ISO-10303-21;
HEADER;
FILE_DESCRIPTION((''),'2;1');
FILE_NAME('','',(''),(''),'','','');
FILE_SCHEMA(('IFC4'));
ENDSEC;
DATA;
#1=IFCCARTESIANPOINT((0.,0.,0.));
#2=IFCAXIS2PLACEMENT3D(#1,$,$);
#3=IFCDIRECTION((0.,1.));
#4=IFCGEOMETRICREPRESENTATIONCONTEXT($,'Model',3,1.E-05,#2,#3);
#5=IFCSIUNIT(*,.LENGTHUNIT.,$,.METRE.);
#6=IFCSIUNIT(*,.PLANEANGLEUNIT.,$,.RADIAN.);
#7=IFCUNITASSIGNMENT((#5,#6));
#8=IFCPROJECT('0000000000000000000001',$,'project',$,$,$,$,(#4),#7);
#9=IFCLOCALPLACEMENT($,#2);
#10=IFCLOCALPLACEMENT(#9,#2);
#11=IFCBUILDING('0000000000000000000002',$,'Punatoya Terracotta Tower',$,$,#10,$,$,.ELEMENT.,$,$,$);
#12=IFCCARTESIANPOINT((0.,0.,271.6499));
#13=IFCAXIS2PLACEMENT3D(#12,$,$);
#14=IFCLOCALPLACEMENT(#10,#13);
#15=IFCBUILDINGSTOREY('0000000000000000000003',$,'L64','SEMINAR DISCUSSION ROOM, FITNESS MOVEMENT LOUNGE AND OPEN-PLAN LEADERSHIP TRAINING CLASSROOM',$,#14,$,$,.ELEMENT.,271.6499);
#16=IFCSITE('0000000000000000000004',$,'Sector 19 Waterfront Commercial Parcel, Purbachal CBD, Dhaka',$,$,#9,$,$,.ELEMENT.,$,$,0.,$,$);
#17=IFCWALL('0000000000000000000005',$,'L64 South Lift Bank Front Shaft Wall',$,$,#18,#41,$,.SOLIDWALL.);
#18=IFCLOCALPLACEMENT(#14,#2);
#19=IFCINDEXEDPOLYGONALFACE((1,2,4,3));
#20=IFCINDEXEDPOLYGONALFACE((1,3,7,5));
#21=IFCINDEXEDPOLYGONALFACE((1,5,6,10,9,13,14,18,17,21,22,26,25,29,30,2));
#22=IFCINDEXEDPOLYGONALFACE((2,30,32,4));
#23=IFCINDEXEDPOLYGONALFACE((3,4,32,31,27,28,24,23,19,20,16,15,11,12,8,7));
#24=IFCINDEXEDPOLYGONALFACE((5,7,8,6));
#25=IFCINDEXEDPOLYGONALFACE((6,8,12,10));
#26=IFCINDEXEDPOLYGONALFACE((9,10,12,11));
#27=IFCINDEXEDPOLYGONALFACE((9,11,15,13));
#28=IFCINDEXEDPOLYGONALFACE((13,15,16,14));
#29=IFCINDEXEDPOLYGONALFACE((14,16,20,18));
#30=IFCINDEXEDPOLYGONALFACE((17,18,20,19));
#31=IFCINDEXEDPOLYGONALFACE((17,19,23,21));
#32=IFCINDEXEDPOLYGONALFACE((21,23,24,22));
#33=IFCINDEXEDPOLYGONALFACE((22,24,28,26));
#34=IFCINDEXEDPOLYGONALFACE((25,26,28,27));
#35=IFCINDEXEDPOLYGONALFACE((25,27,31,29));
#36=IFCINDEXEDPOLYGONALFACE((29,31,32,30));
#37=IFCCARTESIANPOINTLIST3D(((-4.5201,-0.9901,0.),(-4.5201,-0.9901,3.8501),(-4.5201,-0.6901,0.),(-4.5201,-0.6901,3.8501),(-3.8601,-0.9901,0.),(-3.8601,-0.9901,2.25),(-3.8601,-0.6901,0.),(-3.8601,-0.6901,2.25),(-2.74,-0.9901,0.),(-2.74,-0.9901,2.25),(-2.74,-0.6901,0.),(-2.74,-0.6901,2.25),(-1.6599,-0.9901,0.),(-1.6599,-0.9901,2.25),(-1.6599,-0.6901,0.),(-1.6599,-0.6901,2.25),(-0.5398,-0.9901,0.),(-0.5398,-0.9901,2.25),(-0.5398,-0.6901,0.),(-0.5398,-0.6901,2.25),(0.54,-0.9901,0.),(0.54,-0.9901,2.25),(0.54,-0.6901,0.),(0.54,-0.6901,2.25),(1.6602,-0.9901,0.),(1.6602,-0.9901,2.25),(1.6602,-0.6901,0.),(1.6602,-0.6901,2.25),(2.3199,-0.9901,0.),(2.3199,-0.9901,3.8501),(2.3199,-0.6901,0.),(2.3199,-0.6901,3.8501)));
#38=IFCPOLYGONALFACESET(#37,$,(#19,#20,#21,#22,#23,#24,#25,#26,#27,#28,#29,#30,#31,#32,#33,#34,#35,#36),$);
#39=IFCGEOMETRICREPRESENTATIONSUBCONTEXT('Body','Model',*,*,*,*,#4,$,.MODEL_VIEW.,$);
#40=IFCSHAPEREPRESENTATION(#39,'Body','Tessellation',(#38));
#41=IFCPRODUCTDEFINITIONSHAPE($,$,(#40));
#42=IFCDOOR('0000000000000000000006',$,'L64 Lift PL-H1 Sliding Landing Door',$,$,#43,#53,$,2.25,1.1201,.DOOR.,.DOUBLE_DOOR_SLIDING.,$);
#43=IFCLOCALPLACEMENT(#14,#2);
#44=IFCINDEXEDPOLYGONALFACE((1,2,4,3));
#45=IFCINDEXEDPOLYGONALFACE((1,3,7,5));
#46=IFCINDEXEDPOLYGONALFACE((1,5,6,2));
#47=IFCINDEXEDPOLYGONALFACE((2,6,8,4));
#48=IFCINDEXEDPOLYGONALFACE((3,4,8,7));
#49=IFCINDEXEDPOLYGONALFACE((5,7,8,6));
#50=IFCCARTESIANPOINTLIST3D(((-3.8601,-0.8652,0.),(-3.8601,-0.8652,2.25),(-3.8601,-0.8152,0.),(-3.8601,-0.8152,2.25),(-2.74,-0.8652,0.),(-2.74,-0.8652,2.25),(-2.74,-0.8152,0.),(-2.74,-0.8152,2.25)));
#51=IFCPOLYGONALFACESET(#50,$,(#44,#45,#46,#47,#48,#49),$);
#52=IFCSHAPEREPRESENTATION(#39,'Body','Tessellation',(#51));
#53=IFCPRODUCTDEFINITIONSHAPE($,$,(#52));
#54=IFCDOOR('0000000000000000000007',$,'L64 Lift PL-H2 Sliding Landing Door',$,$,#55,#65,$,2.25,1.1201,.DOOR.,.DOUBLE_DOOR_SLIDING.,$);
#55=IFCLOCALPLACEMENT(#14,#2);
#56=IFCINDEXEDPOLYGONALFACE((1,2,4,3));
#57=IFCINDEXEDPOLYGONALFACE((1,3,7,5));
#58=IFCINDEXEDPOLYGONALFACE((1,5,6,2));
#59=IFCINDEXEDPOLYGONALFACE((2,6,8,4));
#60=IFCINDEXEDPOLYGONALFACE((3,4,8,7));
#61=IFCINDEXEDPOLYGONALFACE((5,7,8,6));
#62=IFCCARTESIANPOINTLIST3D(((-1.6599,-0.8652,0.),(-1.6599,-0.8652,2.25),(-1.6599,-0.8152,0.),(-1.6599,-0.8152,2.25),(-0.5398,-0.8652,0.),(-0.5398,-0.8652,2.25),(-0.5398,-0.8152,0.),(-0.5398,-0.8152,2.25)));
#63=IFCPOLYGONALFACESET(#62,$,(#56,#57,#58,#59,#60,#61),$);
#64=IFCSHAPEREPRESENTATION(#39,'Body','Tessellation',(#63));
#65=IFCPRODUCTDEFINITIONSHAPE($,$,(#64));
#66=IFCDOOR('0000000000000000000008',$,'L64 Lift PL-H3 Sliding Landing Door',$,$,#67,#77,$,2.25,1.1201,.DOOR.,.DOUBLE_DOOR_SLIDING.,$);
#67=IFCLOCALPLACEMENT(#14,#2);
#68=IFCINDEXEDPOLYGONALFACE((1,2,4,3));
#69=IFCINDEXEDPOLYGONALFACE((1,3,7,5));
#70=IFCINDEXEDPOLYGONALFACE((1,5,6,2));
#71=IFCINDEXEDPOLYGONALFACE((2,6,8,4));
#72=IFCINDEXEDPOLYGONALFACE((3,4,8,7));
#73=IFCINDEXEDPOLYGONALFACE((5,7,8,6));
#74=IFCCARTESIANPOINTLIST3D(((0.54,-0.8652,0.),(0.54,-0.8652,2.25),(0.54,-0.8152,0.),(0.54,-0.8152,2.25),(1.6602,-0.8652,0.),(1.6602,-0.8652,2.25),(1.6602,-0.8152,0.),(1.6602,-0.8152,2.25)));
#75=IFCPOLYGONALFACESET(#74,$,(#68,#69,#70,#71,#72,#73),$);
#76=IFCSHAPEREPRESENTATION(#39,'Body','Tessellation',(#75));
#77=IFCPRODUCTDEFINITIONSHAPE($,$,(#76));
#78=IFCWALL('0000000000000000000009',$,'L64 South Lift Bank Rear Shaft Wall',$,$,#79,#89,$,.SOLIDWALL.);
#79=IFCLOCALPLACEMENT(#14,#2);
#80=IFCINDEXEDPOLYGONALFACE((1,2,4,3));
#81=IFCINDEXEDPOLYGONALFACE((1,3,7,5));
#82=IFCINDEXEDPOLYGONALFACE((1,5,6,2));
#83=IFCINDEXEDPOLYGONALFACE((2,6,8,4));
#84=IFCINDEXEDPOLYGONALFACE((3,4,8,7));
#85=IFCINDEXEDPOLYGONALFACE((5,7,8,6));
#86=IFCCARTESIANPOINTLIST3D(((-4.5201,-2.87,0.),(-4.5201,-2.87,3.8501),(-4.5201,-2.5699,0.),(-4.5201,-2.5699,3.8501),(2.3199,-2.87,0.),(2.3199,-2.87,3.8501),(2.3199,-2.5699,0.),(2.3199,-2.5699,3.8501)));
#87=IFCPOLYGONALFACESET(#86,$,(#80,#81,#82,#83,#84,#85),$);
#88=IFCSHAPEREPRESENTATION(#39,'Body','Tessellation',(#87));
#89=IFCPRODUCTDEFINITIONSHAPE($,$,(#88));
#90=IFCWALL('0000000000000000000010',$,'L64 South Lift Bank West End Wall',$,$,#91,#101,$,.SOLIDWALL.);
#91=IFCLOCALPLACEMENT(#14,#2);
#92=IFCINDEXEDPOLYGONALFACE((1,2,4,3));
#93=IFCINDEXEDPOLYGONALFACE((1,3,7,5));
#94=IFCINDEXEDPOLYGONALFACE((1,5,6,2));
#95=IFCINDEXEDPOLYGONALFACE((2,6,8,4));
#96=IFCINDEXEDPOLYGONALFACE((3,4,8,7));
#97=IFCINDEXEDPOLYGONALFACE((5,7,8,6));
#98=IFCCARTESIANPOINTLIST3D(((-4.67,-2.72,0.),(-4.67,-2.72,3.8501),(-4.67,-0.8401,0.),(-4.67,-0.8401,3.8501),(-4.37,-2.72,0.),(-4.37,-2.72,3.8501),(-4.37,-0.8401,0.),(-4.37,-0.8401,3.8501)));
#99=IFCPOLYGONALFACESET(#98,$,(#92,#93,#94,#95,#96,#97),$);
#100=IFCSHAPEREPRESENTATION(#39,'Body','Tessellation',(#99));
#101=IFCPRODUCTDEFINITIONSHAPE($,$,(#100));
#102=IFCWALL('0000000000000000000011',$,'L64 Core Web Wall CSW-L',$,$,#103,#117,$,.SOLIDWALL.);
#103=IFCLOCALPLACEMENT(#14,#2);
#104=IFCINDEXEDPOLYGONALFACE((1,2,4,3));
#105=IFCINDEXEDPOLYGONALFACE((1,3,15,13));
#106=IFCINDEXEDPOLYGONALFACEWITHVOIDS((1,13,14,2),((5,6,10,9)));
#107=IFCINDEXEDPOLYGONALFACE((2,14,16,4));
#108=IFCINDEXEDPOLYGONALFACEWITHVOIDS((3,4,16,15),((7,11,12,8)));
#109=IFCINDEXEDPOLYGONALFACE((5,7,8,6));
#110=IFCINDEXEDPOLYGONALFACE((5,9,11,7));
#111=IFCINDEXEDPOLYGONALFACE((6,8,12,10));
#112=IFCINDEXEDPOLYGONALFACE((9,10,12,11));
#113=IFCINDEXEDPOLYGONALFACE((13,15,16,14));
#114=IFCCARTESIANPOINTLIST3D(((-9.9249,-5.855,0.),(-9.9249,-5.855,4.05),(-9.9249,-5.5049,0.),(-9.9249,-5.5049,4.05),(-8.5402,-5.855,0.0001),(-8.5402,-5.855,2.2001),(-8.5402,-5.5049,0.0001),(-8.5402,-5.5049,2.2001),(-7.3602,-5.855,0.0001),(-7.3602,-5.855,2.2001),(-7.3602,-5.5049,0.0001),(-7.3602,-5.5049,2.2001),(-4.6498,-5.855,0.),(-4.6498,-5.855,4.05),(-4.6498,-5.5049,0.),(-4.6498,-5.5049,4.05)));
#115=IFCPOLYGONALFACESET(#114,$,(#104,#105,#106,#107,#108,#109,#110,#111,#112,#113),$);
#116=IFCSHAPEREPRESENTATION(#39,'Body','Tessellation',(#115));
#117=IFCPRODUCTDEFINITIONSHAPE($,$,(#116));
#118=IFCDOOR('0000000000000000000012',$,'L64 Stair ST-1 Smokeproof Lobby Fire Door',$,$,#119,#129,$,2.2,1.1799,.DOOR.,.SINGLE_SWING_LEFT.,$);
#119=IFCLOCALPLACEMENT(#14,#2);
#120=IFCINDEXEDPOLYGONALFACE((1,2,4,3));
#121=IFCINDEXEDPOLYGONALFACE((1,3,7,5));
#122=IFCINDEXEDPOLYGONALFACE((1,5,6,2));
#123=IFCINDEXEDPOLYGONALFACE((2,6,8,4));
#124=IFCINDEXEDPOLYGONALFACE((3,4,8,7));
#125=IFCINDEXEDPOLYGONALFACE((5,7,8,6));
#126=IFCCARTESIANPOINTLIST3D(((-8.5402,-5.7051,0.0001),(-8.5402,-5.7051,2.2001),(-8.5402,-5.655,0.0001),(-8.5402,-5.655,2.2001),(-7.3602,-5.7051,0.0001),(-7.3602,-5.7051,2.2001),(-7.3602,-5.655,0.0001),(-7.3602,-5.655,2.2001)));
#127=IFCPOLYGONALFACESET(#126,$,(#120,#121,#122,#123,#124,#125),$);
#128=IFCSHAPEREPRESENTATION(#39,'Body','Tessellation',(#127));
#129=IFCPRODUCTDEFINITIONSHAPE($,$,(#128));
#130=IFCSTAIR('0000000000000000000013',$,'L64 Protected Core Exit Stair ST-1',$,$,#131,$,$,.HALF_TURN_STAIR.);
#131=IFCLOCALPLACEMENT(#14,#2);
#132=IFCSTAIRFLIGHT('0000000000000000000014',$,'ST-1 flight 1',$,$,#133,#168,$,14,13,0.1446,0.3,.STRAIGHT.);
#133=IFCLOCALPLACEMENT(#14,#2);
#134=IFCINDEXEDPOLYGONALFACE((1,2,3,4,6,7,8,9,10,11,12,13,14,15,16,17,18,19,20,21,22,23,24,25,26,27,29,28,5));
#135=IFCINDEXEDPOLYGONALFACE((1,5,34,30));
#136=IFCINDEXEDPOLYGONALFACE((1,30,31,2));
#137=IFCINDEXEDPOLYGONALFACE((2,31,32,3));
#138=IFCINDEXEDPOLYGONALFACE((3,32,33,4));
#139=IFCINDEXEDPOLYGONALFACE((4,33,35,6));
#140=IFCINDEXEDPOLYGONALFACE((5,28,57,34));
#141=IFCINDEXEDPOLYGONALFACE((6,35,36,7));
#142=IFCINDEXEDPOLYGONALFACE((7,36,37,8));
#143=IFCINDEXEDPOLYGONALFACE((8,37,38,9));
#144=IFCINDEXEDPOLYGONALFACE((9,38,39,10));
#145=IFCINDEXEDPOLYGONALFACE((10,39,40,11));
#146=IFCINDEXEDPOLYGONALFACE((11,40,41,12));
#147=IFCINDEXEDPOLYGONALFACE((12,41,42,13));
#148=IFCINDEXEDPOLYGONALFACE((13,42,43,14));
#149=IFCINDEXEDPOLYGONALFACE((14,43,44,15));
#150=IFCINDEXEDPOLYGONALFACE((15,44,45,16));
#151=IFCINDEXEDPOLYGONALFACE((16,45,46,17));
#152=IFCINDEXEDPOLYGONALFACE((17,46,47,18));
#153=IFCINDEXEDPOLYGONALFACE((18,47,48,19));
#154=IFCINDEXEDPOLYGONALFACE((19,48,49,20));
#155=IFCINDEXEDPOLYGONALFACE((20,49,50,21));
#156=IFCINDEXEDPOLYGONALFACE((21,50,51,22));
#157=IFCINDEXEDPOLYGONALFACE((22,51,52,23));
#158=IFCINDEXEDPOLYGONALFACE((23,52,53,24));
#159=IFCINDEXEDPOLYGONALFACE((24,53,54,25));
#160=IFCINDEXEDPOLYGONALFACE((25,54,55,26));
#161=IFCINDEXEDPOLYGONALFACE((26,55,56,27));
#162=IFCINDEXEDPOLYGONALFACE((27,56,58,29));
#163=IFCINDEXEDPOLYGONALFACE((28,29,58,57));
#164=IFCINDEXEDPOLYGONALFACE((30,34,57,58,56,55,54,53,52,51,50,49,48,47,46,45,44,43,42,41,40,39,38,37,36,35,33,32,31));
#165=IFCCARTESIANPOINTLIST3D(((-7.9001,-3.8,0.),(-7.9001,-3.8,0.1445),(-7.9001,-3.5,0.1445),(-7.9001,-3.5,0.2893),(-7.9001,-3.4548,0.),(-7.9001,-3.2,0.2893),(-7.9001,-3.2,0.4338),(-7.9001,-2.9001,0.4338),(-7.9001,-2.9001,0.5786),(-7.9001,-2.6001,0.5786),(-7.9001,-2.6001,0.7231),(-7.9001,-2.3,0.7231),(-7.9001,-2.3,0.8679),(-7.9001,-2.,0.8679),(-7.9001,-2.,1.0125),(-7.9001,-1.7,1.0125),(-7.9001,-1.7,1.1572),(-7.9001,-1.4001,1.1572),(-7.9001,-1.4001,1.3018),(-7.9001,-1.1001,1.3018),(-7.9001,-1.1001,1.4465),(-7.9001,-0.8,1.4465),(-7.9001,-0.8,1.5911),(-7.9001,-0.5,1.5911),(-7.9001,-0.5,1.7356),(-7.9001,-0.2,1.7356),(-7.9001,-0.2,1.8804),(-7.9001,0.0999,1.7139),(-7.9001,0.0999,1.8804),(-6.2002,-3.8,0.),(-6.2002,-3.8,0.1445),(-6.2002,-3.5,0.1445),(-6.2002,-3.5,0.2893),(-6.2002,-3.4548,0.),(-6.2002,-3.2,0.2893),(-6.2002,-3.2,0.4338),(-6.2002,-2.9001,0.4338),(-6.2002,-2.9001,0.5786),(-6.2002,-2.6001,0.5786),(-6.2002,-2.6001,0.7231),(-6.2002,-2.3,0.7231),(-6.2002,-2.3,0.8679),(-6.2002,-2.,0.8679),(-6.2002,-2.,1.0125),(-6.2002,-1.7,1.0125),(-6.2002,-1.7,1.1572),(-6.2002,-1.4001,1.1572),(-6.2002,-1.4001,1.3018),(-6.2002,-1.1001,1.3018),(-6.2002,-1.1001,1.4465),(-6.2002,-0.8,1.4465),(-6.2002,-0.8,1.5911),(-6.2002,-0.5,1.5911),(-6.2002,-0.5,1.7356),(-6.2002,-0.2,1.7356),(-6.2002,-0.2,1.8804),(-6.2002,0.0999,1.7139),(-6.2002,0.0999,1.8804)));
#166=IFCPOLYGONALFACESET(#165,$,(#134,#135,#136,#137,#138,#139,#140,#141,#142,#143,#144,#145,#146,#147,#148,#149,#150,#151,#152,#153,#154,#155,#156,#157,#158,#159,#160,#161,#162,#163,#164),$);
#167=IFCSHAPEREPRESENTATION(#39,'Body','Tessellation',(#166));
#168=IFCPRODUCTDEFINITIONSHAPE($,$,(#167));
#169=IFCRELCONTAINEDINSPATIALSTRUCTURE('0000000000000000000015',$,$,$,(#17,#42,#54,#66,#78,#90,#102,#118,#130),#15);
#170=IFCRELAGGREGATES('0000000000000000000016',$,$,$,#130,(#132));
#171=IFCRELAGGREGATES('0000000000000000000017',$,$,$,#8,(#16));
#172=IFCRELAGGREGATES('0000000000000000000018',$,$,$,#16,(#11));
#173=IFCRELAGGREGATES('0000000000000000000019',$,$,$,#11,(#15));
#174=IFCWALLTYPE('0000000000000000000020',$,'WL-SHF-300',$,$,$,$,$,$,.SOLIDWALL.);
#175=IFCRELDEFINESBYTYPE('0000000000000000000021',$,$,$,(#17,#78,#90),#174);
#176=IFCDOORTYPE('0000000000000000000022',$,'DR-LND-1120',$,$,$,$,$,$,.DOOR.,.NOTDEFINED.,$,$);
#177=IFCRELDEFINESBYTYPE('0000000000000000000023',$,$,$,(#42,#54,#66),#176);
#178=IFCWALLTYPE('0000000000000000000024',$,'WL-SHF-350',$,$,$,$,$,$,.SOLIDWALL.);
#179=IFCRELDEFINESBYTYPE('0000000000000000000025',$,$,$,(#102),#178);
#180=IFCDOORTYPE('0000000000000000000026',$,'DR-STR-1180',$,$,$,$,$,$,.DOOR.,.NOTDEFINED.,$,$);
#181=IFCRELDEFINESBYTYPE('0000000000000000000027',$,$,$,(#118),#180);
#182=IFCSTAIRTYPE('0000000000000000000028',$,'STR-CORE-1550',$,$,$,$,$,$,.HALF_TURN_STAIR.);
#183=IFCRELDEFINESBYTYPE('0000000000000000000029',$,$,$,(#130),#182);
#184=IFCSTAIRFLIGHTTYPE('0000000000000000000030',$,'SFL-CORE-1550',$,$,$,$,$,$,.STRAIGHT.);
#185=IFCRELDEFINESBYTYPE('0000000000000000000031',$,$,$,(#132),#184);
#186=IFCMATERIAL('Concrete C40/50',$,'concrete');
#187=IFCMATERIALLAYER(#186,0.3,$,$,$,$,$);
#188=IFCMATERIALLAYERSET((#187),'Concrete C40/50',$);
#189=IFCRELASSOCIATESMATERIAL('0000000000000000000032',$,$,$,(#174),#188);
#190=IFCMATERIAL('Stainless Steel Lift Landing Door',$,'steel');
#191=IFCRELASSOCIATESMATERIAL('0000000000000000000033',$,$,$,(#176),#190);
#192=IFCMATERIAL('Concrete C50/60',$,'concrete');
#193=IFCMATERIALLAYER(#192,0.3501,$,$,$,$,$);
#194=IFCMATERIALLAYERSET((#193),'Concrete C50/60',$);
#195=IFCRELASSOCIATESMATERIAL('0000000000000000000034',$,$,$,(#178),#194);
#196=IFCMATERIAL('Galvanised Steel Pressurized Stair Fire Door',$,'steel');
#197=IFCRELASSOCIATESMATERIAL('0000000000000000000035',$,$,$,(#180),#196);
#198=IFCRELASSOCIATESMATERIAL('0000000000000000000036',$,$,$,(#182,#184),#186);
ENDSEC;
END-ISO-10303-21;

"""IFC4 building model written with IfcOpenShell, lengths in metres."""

from ifc_helpers import new_model, si_unit, direction, frame, frame_2d, origin, place, context, subcontext, project, spatial, polyline, rectangle, outline, extrude, material, layer, layer_set, type_object, element, fill, aggregate, save


model = new_model("IFC4")

# Units and contexts
model_context = context("Model", 3, precision=1e-05, world=origin(), true_north=direction((0.0, 1.0)))
body_context = subcontext(model_context, "Body", "Model", "MODEL_VIEW")
ifc_project = project(units=[si_unit("LENGTHUNIT", "METRE"), si_unit("PLANEANGLEUNIT", "RADIAN")], contexts=[model_context])

# Site, building, storey
site_placement = place(None, origin())
site = spatial("IfcSite", under=ifc_project, at=site_placement, Name="Sector 19 Waterfront Commercial Parcel, Purbachal CBD, Dhaka", CompositionType="ELEMENT", RefElevation=0.0)
building_placement = place(site_placement, origin())
building = spatial("IfcBuilding", under=site, at=building_placement, Name="Punatoya Terracotta Tower", CompositionType="ELEMENT")
storey_placement = place(building_placement, frame((0.0, 0.0, 271.6499)))
storey = spatial("IfcBuildingStorey", under=building, at=storey_placement, Name="L64", Description="SEMINAR DISCUSSION ROOM, FITNESS MOVEMENT LOUNGE AND OPEN-PLAN LEADERSHIP TRAINING CLASSROOM", CompositionType="ELEMENT", Elevation=271.6499)

# Shared definitions
ifc_material_1 = material(Name="Concrete C50/60", Category="concrete")

# Shared definitions
ifc_material_2 = material(Name="Concrete C40/50", Category="concrete")

# Shared definitions
ifc_layer_1 = layer(ifc_material_2, 0.3)
ifc_layer_set_1 = layer_set([ifc_layer_1], Name="Concrete C40/50")
wall_type_1 = type_object("IfcWallType", Name="WL-SHF-300", PredefinedType="SOLIDWALL", material=ifc_layer_set_1)

# Wall, openings, doors
wall_1_placement = place(storey_placement, frame((-4.52, -0.8401, 0.0), z_axis=(0.0, 0.0, 1.0), x_axis=(1.0, 0.0, 0.0)))
wall_1 = element("IfcWall", 1, at=wall_1_placement, inside=storey, type_object=wall_type_1, Name="L64 South Lift Bank Front Shaft Wall", PredefinedType="SOLIDWALL", context=body_context, shape_type="SweptSolid", body=[
    extrude(rectangle(XDim=6.8401, YDim=0.3, at=frame_2d((3.4199, 0.0))), origin(), (0.0, 0.0, 1.0), 3.8501),
])
opening_1_placement = place(wall_1_placement, frame((0.6599, 0.0, 0.0)))
opening_1 = element("IfcOpeningElement", 2, at=opening_1_placement, cuts=wall_1, PredefinedType="OPENING", context=body_context, shape_type="SweptSolid", body=[
    extrude(rectangle(XDim=1.1201, YDim=2.25, at=frame_2d((0.5601, 1.125))), frame((0.0, 0.1599, 0.0), z_axis=(0.0, -1.0, 0.0), x_axis=(1.0, 0.0, 0.0)), (0.0, 0.0, 1.0), 0.3201),
])
opening_2_placement = place(wall_1_placement, frame((2.8601, 0.0, 0.0)))
opening_2 = element("IfcOpeningElement", 3, at=opening_2_placement, cuts=wall_1, PredefinedType="OPENING", context=body_context, shape_type="SweptSolid", body=[
    extrude(rectangle(XDim=1.1201, YDim=2.25, at=frame_2d((0.5601, 1.125))), frame((0.0, 0.1599, 0.0), z_axis=(0.0, -1.0, 0.0), x_axis=(1.0, 0.0, 0.0)), (0.0, 0.0, 1.0), 0.3201),
])
opening_3_placement = place(wall_1_placement, frame((5.0601, 0.0, 0.0)))
opening_3 = element("IfcOpeningElement", 4, at=opening_3_placement, cuts=wall_1, PredefinedType="OPENING", context=body_context, shape_type="SweptSolid", body=[
    extrude(rectangle(XDim=1.1201, YDim=2.25, at=frame_2d((0.5601, 1.125))), frame((0.0, 0.1599, 0.0), z_axis=(0.0, -1.0, 0.0), x_axis=(1.0, 0.0, 0.0)), (0.0, 0.0, 1.0), 0.3201),
])
ifc_material_3 = material(Name="Stainless Steel Lift Landing Door", Category="steel")
door_type_1 = type_object("IfcDoorType", Name="DR-LND-1120", OperationType="NOTDEFINED", PredefinedType="DOOR", material=ifc_material_3)
door_1_placement = place(opening_1_placement, origin())
door_1 = element("IfcDoor", 5, at=door_1_placement, inside=storey, type_object=door_type_1, Name="L64 Lift PL-H1 Sliding Landing Door", OperationType="DOUBLE_DOOR_SLIDING", OverallHeight=2.25, OverallWidth=1.1201, PredefinedType="DOOR", context=body_context, shape_type="SweptSolid", body=[
    extrude(rectangle(XDim=1.1201, YDim=2.25, at=frame_2d((0.5601, 1.125))), frame((0.0, 0.0249, 0.0), z_axis=(0.0, -1.0, 0.0), x_axis=(1.0, 0.0, 0.0)), (0.0, 0.0, 1.0), 0.05),
])
fill(opening_1, door_1)
door_2_placement = place(opening_2_placement, origin())
door_2 = element("IfcDoor", 6, at=door_2_placement, inside=storey, type_object=door_type_1, Name="L64 Lift PL-H2 Sliding Landing Door", OperationType="DOUBLE_DOOR_SLIDING", OverallHeight=2.25, OverallWidth=1.1201, PredefinedType="DOOR", context=body_context, shape_type="SweptSolid", body=[
    extrude(rectangle(XDim=1.1201, YDim=2.25, at=frame_2d((0.5601, 1.125))), frame((0.0, 0.0249, 0.0), z_axis=(0.0, -1.0, 0.0), x_axis=(1.0, 0.0, 0.0)), (0.0, 0.0, 1.0), 0.05),
])
fill(opening_2, door_2)
door_3_placement = place(opening_3_placement, origin())
door_3 = element("IfcDoor", 7, at=door_3_placement, inside=storey, type_object=door_type_1, Name="L64 Lift PL-H3 Sliding Landing Door", OperationType="DOUBLE_DOOR_SLIDING", OverallHeight=2.25, OverallWidth=1.1201, PredefinedType="DOOR", context=body_context, shape_type="SweptSolid", body=[
    extrude(rectangle(XDim=1.1201, YDim=2.25, at=frame_2d((0.5601, 1.125))), frame((0.0, 0.0249, 0.0), z_axis=(0.0, -1.0, 0.0), x_axis=(1.0, 0.0, 0.0)), (0.0, 0.0, 1.0), 0.05),
])
fill(opening_3, door_3)

# Walls
wall_2_placement = place(storey_placement, frame((-4.52, -2.72, 0.0), z_axis=(0.0, 0.0, 1.0), x_axis=(1.0, 0.0, 0.0)))
element("IfcWall", 8, at=wall_2_placement, inside=storey, type_object=wall_type_1, Name="L64 South Lift Bank Rear Shaft Wall", PredefinedType="SOLIDWALL", context=body_context, shape_type="SweptSolid", body=[
    extrude(rectangle(XDim=6.8401, YDim=0.3, at=frame_2d((3.4199, 0.0))), origin(), (0.0, 0.0, 1.0), 3.8501),
])
wall_3_placement = place(storey_placement, frame((-4.52, -2.72, 0.0), z_axis=(0.0, 0.0, 1.0), x_axis=(0.0, 1.0, 0.0)))
element("IfcWall", 9, at=wall_3_placement, inside=storey, type_object=wall_type_1, Name="L64 South Lift Bank West End Wall", PredefinedType="SOLIDWALL", context=body_context, shape_type="SweptSolid", body=[
    extrude(rectangle(XDim=1.8799, YDim=0.3, at=frame_2d((0.9399, 0.0))), origin(), (0.0, 0.0, 1.0), 3.8501),
])

# Wall, opening, door
ifc_layer_2 = layer(ifc_material_1, 0.3501)
ifc_layer_set_2 = layer_set([ifc_layer_2], Name="Concrete C50/60")
wall_type_2 = type_object("IfcWallType", Name="WL-SHF-350", PredefinedType="SOLIDWALL", material=ifc_layer_set_2)
wall_4_placement = place(storey_placement, frame((-9.925, -5.6799, 0.0), z_axis=(0.0, 0.0, 1.0), x_axis=(1.0, 0.0, 0.0)))
wall_4 = element("IfcWall", 10, at=wall_4_placement, inside=storey, type_object=wall_type_2, Name="L64 Core Web Wall CSW-L", PredefinedType="SOLIDWALL", context=body_context, shape_type="SweptSolid", body=[
    extrude(rectangle(XDim=5.2751, YDim=0.3501, at=frame_2d((2.6377, 0.0))), origin(), (0.0, 0.0, 1.0), 4.05),
])
opening_4_placement = place(wall_4_placement, frame((1.385, 0.0, 0.0)))
opening_4 = element("IfcOpeningElement", 11, at=opening_4_placement, cuts=wall_4, PredefinedType="OPENING", context=body_context, shape_type="SweptSolid", body=[
    extrude(rectangle(XDim=1.1799, YDim=2.2, at=frame_2d((0.5898, 1.1001))), frame((0.0, 0.1851, 0.0), z_axis=(0.0, -1.0, 0.0), x_axis=(1.0, 0.0, 0.0)), (0.0, 0.0, 1.0), 0.3701),
])
ifc_material_4 = material(Name="Galvanised Steel Pressurized Stair Fire Door", Category="steel")
door_type_2 = type_object("IfcDoorType", Name="DR-STR-1180", OperationType="NOTDEFINED", PredefinedType="DOOR", material=ifc_material_4)
door_4_placement = place(opening_4_placement, origin())
door_4 = element("IfcDoor", 12, at=door_4_placement, inside=storey, type_object=door_type_2, Name="L64 Stair ST-1 Smokeproof Lobby Fire Door", OperationType="SINGLE_SWING_LEFT", OverallHeight=2.2, OverallWidth=1.1799, PredefinedType="DOOR", context=body_context, shape_type="SweptSolid", body=[
    extrude(rectangle(XDim=1.1799, YDim=2.2, at=frame_2d((0.5898, 1.1001))), frame((0.0, 0.0249, 0.0), z_axis=(0.0, -1.0, 0.0), x_axis=(1.0, 0.0, 0.0)), (0.0, 0.0, 1.0), 0.05),
])
fill(opening_4, door_4)

# Stair, stair flight
stair_type = type_object("IfcStairType", Name="STR-CORE-1550", PredefinedType="HALF_TURN_STAIR", material=ifc_material_2)
stair_placement = place(storey_placement, origin())
stair = element("IfcStair", 13, at=stair_placement, inside=storey, type_object=stair_type, Name="L64 Protected Core Exit Stair ST-1", PredefinedType="HALF_TURN_STAIR")
stair_flight_type = type_object("IfcStairFlightType", Name="SFL-CORE-1550", PredefinedType="STRAIGHT", material=ifc_material_2)
stair_flight_placement = place(storey_placement, frame((-7.05, -3.8, 0.0), z_axis=(0.0, 0.0, 1.0), x_axis=(0.0, 1.0, 0.0)))
stair_flight = element("IfcStairFlight", 14, at=stair_flight_placement, type_object=stair_flight_type, Name="ST-1 flight 1", NumberOfRisers=14, NumberOfTreads=13, PredefinedType="STRAIGHT", RiserHeight=0.1446, TreadLength=0.3, context=body_context, shape_type="SweptSolid", body=[
    extrude(outline(polyline([(0.0, 0.0), (0.0, 0.1445), (0.3, 0.1445), (0.3, 0.2893), (0.6001, 0.2893), (0.6001, 0.4338), (0.8999, 0.4338), (0.8999, 0.5786), (1.2, 0.5786), (1.2, 0.7231), (1.5, 0.7231), (1.5, 0.8679), (1.8, 0.8679), (1.8, 1.0125), (2.1001, 1.0125), (2.1001, 1.1572), (2.3999, 1.1572), (2.3999, 1.3018), (2.7, 1.3018), (2.7, 1.4465), (3.0, 1.4465), (3.0, 1.5911), (3.3, 1.5911), (3.3, 1.7356), (3.6001, 1.7356), (3.6001, 1.8804), (3.8999, 1.8804), (3.8999, 2.0249), (3.8999, 1.7139), (0.3452, 0.0), (0.0, 0.0)])), frame((0.0, 0.8501, 0.0), z_axis=(0.0, -1.0, 0.0), x_axis=(1.0, 0.0, 0.0)), (0.0, 0.0, 1.0), 1.7),
])
aggregate(stair, [stair_flight])

save(model, "model.ifc")
